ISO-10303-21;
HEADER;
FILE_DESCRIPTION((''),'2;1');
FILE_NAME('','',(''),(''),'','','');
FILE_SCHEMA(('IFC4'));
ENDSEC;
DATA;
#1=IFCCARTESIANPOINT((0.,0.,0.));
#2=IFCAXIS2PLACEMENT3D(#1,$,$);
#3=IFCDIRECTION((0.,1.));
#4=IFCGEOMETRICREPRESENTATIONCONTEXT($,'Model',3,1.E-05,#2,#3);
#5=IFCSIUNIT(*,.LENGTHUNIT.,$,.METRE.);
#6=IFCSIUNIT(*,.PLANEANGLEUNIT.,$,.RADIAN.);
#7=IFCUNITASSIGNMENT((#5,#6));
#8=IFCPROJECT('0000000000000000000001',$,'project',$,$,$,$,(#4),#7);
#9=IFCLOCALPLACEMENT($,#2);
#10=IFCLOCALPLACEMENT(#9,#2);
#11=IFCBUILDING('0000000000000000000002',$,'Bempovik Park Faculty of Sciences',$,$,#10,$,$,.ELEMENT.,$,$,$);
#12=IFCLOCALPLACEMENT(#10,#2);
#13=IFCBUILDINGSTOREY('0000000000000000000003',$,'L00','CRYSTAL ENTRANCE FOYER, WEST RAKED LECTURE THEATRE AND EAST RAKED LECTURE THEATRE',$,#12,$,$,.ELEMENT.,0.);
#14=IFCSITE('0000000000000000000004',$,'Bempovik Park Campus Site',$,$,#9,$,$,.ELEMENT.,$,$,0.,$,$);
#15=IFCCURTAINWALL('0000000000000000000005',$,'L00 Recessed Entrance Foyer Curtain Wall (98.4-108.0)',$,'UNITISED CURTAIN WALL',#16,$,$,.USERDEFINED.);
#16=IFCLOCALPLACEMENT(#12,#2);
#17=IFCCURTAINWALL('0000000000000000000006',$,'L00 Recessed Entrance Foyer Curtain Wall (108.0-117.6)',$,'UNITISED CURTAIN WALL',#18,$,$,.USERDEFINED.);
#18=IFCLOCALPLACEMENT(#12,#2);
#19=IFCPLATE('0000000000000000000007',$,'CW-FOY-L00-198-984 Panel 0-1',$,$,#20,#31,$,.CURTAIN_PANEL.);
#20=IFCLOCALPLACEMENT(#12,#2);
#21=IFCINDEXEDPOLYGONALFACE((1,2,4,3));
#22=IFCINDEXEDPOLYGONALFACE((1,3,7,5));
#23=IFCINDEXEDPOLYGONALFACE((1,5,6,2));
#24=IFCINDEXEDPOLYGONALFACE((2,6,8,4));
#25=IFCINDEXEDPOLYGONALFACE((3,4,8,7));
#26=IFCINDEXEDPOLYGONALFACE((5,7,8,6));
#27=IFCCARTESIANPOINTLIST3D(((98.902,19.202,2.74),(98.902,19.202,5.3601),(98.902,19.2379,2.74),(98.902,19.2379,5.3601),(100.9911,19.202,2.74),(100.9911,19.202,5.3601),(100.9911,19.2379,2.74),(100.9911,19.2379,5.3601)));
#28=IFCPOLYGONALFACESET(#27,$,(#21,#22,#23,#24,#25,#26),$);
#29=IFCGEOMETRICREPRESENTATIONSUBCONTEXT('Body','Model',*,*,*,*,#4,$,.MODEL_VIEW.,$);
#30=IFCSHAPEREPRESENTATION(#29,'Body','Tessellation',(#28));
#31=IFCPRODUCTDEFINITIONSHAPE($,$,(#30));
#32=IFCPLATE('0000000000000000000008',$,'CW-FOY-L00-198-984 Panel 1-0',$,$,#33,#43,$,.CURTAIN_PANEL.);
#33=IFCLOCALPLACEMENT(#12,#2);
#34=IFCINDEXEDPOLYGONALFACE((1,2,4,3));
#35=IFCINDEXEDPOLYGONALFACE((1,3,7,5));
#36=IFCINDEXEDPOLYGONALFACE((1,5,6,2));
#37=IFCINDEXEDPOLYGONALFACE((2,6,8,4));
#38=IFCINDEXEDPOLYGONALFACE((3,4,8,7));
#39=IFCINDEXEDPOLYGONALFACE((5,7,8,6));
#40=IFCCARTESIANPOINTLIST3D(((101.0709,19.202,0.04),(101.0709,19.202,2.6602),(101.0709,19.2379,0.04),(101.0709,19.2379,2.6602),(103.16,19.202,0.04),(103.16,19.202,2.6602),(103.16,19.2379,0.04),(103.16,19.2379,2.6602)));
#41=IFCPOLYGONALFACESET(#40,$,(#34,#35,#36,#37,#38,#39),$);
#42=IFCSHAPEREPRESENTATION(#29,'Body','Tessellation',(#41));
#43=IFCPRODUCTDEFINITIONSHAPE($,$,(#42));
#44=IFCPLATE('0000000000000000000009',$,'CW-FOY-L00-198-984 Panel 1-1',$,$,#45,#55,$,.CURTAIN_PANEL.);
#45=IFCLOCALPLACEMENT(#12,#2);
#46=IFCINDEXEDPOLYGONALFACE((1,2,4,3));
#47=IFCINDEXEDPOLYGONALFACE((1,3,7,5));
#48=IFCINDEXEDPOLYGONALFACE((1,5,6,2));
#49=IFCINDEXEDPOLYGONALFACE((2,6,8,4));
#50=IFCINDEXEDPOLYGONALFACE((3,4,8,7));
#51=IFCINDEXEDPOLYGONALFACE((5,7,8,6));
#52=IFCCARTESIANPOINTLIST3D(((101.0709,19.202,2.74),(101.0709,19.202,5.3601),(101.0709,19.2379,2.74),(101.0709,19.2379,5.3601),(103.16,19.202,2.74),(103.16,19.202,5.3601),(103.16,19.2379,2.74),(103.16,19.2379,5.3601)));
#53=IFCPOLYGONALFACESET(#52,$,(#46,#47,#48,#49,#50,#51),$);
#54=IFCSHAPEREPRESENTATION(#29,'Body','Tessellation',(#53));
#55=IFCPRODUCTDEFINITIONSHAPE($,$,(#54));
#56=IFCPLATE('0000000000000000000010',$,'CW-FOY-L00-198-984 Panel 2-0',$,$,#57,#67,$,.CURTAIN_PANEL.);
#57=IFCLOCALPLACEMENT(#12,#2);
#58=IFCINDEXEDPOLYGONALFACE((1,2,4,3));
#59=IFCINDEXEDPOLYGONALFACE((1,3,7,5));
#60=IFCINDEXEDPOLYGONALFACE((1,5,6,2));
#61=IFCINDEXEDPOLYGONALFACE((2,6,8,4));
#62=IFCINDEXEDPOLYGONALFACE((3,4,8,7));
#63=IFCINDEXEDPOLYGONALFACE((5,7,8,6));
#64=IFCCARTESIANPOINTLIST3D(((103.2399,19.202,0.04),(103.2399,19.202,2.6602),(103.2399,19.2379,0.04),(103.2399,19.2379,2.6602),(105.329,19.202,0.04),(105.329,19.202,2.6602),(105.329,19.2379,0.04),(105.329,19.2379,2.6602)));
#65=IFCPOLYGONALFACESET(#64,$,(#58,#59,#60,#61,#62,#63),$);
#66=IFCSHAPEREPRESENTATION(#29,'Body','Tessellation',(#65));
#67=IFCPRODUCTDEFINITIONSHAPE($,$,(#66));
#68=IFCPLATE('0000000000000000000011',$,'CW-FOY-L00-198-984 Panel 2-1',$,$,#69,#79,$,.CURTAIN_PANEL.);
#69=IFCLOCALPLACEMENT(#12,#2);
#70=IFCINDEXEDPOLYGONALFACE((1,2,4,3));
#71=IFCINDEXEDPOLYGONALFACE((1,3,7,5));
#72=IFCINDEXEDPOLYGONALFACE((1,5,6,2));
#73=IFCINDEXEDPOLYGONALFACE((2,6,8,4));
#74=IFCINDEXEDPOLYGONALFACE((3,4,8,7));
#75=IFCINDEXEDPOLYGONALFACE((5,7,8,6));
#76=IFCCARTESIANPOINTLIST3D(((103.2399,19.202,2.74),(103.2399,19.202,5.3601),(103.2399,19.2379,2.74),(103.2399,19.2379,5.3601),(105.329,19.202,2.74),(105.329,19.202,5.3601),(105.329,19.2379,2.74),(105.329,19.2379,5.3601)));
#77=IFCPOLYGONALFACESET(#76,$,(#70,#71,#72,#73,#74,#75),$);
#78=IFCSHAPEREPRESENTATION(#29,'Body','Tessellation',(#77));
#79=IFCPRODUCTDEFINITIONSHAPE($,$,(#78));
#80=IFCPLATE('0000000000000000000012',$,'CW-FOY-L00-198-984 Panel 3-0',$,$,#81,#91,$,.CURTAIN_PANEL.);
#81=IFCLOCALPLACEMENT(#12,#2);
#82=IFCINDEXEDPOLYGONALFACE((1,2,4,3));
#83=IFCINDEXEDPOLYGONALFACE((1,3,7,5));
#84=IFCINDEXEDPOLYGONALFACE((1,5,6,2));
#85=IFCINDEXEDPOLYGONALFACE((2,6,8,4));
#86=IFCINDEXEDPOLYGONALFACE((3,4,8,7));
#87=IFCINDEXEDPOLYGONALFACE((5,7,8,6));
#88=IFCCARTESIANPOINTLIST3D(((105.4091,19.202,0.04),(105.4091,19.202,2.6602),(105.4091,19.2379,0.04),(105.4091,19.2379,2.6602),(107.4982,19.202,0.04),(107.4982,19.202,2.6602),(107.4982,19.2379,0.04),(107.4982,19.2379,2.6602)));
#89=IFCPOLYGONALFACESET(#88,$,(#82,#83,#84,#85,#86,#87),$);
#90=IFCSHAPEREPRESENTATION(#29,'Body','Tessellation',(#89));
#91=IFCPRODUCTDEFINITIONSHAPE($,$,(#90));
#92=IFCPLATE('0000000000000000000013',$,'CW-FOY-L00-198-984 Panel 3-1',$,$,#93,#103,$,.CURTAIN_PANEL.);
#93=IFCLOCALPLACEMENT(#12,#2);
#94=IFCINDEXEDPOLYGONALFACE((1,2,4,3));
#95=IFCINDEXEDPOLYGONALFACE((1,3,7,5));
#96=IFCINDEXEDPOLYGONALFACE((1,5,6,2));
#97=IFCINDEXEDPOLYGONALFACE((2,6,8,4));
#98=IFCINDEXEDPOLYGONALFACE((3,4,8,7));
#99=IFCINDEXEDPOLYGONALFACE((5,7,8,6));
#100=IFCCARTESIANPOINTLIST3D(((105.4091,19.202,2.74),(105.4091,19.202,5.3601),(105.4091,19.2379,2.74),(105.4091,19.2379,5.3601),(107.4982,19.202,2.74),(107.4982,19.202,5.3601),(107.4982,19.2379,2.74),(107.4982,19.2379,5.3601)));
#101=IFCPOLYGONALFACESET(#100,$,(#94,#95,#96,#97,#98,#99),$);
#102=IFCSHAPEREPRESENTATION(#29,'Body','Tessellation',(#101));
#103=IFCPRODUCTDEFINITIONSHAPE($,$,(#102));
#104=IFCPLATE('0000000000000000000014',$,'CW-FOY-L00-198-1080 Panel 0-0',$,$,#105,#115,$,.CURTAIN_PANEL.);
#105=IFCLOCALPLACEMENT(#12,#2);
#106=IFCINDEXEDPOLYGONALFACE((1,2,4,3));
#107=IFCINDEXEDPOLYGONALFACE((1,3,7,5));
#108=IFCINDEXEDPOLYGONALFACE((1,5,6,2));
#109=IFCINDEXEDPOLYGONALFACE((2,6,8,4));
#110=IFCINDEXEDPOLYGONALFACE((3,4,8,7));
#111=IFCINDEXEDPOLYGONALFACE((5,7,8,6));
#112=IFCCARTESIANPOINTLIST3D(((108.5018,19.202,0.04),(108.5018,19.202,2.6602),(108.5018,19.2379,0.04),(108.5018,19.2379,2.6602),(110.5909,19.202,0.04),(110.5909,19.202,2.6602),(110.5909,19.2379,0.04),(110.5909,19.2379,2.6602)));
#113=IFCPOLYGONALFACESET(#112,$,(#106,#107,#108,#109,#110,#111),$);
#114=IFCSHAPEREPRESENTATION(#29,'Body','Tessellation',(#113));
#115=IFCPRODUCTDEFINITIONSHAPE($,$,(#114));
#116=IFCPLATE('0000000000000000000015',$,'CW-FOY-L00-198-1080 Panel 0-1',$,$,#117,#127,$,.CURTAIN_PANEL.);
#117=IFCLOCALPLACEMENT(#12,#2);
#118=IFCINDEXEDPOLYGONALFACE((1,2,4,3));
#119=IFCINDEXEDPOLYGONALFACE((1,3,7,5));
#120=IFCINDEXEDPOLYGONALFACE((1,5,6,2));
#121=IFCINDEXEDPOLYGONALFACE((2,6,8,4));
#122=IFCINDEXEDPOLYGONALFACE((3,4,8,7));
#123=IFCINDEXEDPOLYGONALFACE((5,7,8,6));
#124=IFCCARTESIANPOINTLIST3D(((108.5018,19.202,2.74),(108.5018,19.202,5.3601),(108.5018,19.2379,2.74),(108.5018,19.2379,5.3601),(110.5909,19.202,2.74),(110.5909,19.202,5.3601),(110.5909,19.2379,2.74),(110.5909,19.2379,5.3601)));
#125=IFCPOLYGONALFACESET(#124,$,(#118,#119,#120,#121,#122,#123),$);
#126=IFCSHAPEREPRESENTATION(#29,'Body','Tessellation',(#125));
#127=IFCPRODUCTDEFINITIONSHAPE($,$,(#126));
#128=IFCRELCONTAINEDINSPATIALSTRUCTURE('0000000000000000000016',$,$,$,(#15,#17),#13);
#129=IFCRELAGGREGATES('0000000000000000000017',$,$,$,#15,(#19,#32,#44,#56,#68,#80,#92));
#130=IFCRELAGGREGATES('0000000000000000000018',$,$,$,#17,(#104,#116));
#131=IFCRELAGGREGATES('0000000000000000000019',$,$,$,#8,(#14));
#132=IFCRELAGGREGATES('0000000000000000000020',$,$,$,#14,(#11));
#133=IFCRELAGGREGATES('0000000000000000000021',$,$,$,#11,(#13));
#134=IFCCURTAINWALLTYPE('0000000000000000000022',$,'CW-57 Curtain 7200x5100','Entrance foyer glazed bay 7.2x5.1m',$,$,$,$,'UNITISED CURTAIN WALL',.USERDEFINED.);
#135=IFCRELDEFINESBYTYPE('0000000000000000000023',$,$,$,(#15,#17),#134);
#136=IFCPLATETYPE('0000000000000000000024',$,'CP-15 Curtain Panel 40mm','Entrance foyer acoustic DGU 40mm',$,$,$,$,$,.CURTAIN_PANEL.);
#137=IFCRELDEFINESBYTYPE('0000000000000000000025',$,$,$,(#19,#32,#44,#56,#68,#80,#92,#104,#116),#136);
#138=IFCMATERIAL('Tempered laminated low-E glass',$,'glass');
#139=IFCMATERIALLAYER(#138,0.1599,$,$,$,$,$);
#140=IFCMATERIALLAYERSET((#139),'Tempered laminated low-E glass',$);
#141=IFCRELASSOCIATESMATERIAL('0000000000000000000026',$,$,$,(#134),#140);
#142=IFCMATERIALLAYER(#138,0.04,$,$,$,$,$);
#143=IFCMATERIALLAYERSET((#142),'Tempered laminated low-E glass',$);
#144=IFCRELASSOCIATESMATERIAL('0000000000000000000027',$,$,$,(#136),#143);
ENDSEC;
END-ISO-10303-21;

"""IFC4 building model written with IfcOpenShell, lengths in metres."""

from ifc_helpers import new_model, si_unit, direction, frame, origin, origin_2d, place, context, subcontext, project, spatial, rectangle, extrude, material, layer, layer_set, type_object, element, aggregate, save


model = new_model("IFC4")

# Units and contexts
model_context = context("Model", 3, precision=1e-05, world=origin(), true_north=direction((0.0, 1.0)))
body_context = subcontext(model_context, "Body", "Model", "MODEL_VIEW")
ifc_project = project(units=[si_unit("LENGTHUNIT", "METRE"), si_unit("PLANEANGLEUNIT", "RADIAN")], contexts=[model_context])

# Site, building, storey
site_placement = place(None, origin())
site = spatial("IfcSite", under=ifc_project, at=site_placement, Name="Bempovik Park Campus Site", CompositionType="ELEMENT", RefElevation=0.0)
building_placement = place(site_placement, origin())
building = spatial("IfcBuilding", under=site, at=building_placement, Name="Bempovik Park Faculty of Sciences", CompositionType="ELEMENT")
storey_placement = place(building_placement, origin())
storey = spatial("IfcBuildingStorey", under=building, at=storey_placement, Name="L00", Description="CRYSTAL ENTRANCE FOYER, WEST RAKED LECTURE THEATRE AND EAST RAKED LECTURE THEATRE", CompositionType="ELEMENT", Elevation=0.0)

# Shared definitions
ifc_material_1 = material(Name="Tempered laminated low-E glass", Category="glass")

# Curtain walls
ifc_layer_1 = layer(ifc_material_1, 0.1599)
ifc_layer_set_1 = layer_set([ifc_layer_1], Name="Tempered laminated low-E glass")
curtain_wall_type_1 = type_object("IfcCurtainWallType", Name="CW-57 Curtain 7200x5100", Description="Entrance foyer glazed bay 7.2x5.1m", ElementType="UNITISED CURTAIN WALL", PredefinedType="USERDEFINED", material=ifc_layer_set_1)
curtain_wall_1_placement = place(storey_placement, origin())
curtain_wall_1 = element("IfcCurtainWall", 1, at=curtain_wall_1_placement, inside=storey, type_object=curtain_wall_type_1, Name="L00 Recessed Entrance Foyer Curtain Wall (98.4-108.0)", ObjectType="UNITISED CURTAIN WALL", PredefinedType="USERDEFINED")
curtain_wall_2_placement = place(storey_placement, origin())
curtain_wall_2 = element("IfcCurtainWall", 2, at=curtain_wall_2_placement, inside=storey, type_object=curtain_wall_type_1, Name="L00 Recessed Entrance Foyer Curtain Wall (108.0-117.6)", ObjectType="UNITISED CURTAIN WALL", PredefinedType="USERDEFINED")

# Plates
ifc_layer_2 = layer(ifc_material_1, 0.04)
ifc_layer_set_2 = layer_set([ifc_layer_2], Name="Tempered laminated low-E glass")
plate_type = type_object("IfcPlateType", Name="CP-15 Curtain Panel 40mm", Description="Entrance foyer acoustic DGU 40mm", PredefinedType="CURTAIN_PANEL", material=ifc_layer_set_2)
plate_1_placement = place(storey_placement, frame((99.9465, 19.22, 2.74), z_axis=(0.0, 0.0, 1.0), x_axis=(1.0, 0.0, 0.0)))
plate_1 = element("IfcPlate", 3, at=plate_1_placement, type_object=plate_type, Name="CW-FOY-L00-198-984 Panel 0-1", PredefinedType="CURTAIN_PANEL", context=body_context, shape_type="SweptSolid", body=[
    extrude(rectangle(XDim=2.0891, YDim=0.0359, at=origin_2d()), origin(), (0.0, 0.0, 1.0), 2.6201),
])
plate_2_placement = place(storey_placement, frame((102.1155, 19.22, 0.04), z_axis=(0.0, 0.0, 1.0), x_axis=(1.0, 0.0, 0.0)))
plate_2 = element("IfcPlate", 4, at=plate_2_placement, type_object=plate_type, Name="CW-FOY-L00-198-984 Panel 1-0", PredefinedType="CURTAIN_PANEL", context=body_context, shape_type="SweptSolid", body=[
    extrude(rectangle(XDim=2.0891, YDim=0.0359, at=origin_2d()), origin(), (0.0, 0.0, 1.0), 2.6201),
])
plate_3_placement = place(storey_placement, frame((102.1155, 19.22, 2.74), z_axis=(0.0, 0.0, 1.0), x_axis=(1.0, 0.0, 0.0)))
plate_3 = element("IfcPlate", 5, at=plate_3_placement, type_object=plate_type, Name="CW-FOY-L00-198-984 Panel 1-1", PredefinedType="CURTAIN_PANEL", context=body_context, shape_type="SweptSolid", body=[
    extrude(rectangle(XDim=2.0891, YDim=0.0359, at=origin_2d()), origin(), (0.0, 0.0, 1.0), 2.6201),
])
plate_4_placement = place(storey_placement, frame((104.2844, 19.22, 0.04), z_axis=(0.0, 0.0, 1.0), x_axis=(1.0, 0.0, 0.0)))
plate_4 = element("IfcPlate", 6, at=plate_4_placement, type_object=plate_type, Name="CW-FOY-L00-198-984 Panel 2-0", PredefinedType="CURTAIN_PANEL", context=body_context, shape_type="SweptSolid", body=[
    extrude(rectangle(XDim=2.0891, YDim=0.0359, at=origin_2d()), origin(), (0.0, 0.0, 1.0), 2.6201),
])
plate_5_placement = place(storey_placement, frame((104.2844, 19.22, 2.74), z_axis=(0.0, 0.0, 1.0), x_axis=(1.0, 0.0, 0.0)))
plate_5 = element("IfcPlate", 7, at=plate_5_placement, type_object=plate_type, Name="CW-FOY-L00-198-984 Panel 2-1", PredefinedType="CURTAIN_PANEL", context=body_context, shape_type="SweptSolid", body=[
    extrude(rectangle(XDim=2.0891, YDim=0.0359, at=origin_2d()), origin(), (0.0, 0.0, 1.0), 2.6201),
])
plate_6_placement = place(storey_placement, frame((106.4536, 19.22, 0.04), z_axis=(0.0, 0.0, 1.0), x_axis=(1.0, 0.0, 0.0)))
plate_6 = element("IfcPlate", 8, at=plate_6_placement, type_object=plate_type, Name="CW-FOY-L00-198-984 Panel 3-0", PredefinedType="CURTAIN_PANEL", context=body_context, shape_type="SweptSolid", body=[
    extrude(rectangle(XDim=2.0891, YDim=0.0359, at=origin_2d()), origin(), (0.0, 0.0, 1.0), 2.6201),
])
plate_7_placement = place(storey_placement, frame((106.4536, 19.22, 2.74), z_axis=(0.0, 0.0, 1.0), x_axis=(1.0, 0.0, 0.0)))
plate_7 = element("IfcPlate", 9, at=plate_7_placement, type_object=plate_type, Name="CW-FOY-L00-198-984 Panel 3-1", PredefinedType="CURTAIN_PANEL", context=body_context, shape_type="SweptSolid", body=[
    extrude(rectangle(XDim=2.0891, YDim=0.0359, at=origin_2d()), origin(), (0.0, 0.0, 1.0), 2.6201),
])
aggregate(curtain_wall_1, [plate_1, plate_2, plate_3, plate_4, plate_5, plate_6, plate_7])
plate_8_placement = place(storey_placement, frame((109.5464, 19.22, 0.04), z_axis=(0.0, 0.0, 1.0), x_axis=(1.0, 0.0, 0.0)))
plate_8 = element("IfcPlate", 10, at=plate_8_placement, type_object=plate_type, Name="CW-FOY-L00-198-1080 Panel 0-0", PredefinedType="CURTAIN_PANEL", context=body_context, shape_type="SweptSolid", body=[
    extrude(rectangle(XDim=2.0891, YDim=0.0359, at=origin_2d()), origin(), (0.0, 0.0, 1.0), 2.6201),
])
plate_9_placement = place(storey_placement, frame((109.5464, 19.22, 2.74), z_axis=(0.0, 0.0, 1.0), x_axis=(1.0, 0.0, 0.0)))
plate_9 = element("IfcPlate", 11, at=plate_9_placement, type_object=plate_type, Name="CW-FOY-L00-198-1080 Panel 0-1", PredefinedType="CURTAIN_PANEL", context=body_context, shape_type="SweptSolid", body=[
    extrude(rectangle(XDim=2.0891, YDim=0.0359, at=origin_2d()), origin(), (0.0, 0.0, 1.0), 2.6201),
])
aggregate(curtain_wall_2, [plate_8, plate_9])

save(model, "model.ifc")
